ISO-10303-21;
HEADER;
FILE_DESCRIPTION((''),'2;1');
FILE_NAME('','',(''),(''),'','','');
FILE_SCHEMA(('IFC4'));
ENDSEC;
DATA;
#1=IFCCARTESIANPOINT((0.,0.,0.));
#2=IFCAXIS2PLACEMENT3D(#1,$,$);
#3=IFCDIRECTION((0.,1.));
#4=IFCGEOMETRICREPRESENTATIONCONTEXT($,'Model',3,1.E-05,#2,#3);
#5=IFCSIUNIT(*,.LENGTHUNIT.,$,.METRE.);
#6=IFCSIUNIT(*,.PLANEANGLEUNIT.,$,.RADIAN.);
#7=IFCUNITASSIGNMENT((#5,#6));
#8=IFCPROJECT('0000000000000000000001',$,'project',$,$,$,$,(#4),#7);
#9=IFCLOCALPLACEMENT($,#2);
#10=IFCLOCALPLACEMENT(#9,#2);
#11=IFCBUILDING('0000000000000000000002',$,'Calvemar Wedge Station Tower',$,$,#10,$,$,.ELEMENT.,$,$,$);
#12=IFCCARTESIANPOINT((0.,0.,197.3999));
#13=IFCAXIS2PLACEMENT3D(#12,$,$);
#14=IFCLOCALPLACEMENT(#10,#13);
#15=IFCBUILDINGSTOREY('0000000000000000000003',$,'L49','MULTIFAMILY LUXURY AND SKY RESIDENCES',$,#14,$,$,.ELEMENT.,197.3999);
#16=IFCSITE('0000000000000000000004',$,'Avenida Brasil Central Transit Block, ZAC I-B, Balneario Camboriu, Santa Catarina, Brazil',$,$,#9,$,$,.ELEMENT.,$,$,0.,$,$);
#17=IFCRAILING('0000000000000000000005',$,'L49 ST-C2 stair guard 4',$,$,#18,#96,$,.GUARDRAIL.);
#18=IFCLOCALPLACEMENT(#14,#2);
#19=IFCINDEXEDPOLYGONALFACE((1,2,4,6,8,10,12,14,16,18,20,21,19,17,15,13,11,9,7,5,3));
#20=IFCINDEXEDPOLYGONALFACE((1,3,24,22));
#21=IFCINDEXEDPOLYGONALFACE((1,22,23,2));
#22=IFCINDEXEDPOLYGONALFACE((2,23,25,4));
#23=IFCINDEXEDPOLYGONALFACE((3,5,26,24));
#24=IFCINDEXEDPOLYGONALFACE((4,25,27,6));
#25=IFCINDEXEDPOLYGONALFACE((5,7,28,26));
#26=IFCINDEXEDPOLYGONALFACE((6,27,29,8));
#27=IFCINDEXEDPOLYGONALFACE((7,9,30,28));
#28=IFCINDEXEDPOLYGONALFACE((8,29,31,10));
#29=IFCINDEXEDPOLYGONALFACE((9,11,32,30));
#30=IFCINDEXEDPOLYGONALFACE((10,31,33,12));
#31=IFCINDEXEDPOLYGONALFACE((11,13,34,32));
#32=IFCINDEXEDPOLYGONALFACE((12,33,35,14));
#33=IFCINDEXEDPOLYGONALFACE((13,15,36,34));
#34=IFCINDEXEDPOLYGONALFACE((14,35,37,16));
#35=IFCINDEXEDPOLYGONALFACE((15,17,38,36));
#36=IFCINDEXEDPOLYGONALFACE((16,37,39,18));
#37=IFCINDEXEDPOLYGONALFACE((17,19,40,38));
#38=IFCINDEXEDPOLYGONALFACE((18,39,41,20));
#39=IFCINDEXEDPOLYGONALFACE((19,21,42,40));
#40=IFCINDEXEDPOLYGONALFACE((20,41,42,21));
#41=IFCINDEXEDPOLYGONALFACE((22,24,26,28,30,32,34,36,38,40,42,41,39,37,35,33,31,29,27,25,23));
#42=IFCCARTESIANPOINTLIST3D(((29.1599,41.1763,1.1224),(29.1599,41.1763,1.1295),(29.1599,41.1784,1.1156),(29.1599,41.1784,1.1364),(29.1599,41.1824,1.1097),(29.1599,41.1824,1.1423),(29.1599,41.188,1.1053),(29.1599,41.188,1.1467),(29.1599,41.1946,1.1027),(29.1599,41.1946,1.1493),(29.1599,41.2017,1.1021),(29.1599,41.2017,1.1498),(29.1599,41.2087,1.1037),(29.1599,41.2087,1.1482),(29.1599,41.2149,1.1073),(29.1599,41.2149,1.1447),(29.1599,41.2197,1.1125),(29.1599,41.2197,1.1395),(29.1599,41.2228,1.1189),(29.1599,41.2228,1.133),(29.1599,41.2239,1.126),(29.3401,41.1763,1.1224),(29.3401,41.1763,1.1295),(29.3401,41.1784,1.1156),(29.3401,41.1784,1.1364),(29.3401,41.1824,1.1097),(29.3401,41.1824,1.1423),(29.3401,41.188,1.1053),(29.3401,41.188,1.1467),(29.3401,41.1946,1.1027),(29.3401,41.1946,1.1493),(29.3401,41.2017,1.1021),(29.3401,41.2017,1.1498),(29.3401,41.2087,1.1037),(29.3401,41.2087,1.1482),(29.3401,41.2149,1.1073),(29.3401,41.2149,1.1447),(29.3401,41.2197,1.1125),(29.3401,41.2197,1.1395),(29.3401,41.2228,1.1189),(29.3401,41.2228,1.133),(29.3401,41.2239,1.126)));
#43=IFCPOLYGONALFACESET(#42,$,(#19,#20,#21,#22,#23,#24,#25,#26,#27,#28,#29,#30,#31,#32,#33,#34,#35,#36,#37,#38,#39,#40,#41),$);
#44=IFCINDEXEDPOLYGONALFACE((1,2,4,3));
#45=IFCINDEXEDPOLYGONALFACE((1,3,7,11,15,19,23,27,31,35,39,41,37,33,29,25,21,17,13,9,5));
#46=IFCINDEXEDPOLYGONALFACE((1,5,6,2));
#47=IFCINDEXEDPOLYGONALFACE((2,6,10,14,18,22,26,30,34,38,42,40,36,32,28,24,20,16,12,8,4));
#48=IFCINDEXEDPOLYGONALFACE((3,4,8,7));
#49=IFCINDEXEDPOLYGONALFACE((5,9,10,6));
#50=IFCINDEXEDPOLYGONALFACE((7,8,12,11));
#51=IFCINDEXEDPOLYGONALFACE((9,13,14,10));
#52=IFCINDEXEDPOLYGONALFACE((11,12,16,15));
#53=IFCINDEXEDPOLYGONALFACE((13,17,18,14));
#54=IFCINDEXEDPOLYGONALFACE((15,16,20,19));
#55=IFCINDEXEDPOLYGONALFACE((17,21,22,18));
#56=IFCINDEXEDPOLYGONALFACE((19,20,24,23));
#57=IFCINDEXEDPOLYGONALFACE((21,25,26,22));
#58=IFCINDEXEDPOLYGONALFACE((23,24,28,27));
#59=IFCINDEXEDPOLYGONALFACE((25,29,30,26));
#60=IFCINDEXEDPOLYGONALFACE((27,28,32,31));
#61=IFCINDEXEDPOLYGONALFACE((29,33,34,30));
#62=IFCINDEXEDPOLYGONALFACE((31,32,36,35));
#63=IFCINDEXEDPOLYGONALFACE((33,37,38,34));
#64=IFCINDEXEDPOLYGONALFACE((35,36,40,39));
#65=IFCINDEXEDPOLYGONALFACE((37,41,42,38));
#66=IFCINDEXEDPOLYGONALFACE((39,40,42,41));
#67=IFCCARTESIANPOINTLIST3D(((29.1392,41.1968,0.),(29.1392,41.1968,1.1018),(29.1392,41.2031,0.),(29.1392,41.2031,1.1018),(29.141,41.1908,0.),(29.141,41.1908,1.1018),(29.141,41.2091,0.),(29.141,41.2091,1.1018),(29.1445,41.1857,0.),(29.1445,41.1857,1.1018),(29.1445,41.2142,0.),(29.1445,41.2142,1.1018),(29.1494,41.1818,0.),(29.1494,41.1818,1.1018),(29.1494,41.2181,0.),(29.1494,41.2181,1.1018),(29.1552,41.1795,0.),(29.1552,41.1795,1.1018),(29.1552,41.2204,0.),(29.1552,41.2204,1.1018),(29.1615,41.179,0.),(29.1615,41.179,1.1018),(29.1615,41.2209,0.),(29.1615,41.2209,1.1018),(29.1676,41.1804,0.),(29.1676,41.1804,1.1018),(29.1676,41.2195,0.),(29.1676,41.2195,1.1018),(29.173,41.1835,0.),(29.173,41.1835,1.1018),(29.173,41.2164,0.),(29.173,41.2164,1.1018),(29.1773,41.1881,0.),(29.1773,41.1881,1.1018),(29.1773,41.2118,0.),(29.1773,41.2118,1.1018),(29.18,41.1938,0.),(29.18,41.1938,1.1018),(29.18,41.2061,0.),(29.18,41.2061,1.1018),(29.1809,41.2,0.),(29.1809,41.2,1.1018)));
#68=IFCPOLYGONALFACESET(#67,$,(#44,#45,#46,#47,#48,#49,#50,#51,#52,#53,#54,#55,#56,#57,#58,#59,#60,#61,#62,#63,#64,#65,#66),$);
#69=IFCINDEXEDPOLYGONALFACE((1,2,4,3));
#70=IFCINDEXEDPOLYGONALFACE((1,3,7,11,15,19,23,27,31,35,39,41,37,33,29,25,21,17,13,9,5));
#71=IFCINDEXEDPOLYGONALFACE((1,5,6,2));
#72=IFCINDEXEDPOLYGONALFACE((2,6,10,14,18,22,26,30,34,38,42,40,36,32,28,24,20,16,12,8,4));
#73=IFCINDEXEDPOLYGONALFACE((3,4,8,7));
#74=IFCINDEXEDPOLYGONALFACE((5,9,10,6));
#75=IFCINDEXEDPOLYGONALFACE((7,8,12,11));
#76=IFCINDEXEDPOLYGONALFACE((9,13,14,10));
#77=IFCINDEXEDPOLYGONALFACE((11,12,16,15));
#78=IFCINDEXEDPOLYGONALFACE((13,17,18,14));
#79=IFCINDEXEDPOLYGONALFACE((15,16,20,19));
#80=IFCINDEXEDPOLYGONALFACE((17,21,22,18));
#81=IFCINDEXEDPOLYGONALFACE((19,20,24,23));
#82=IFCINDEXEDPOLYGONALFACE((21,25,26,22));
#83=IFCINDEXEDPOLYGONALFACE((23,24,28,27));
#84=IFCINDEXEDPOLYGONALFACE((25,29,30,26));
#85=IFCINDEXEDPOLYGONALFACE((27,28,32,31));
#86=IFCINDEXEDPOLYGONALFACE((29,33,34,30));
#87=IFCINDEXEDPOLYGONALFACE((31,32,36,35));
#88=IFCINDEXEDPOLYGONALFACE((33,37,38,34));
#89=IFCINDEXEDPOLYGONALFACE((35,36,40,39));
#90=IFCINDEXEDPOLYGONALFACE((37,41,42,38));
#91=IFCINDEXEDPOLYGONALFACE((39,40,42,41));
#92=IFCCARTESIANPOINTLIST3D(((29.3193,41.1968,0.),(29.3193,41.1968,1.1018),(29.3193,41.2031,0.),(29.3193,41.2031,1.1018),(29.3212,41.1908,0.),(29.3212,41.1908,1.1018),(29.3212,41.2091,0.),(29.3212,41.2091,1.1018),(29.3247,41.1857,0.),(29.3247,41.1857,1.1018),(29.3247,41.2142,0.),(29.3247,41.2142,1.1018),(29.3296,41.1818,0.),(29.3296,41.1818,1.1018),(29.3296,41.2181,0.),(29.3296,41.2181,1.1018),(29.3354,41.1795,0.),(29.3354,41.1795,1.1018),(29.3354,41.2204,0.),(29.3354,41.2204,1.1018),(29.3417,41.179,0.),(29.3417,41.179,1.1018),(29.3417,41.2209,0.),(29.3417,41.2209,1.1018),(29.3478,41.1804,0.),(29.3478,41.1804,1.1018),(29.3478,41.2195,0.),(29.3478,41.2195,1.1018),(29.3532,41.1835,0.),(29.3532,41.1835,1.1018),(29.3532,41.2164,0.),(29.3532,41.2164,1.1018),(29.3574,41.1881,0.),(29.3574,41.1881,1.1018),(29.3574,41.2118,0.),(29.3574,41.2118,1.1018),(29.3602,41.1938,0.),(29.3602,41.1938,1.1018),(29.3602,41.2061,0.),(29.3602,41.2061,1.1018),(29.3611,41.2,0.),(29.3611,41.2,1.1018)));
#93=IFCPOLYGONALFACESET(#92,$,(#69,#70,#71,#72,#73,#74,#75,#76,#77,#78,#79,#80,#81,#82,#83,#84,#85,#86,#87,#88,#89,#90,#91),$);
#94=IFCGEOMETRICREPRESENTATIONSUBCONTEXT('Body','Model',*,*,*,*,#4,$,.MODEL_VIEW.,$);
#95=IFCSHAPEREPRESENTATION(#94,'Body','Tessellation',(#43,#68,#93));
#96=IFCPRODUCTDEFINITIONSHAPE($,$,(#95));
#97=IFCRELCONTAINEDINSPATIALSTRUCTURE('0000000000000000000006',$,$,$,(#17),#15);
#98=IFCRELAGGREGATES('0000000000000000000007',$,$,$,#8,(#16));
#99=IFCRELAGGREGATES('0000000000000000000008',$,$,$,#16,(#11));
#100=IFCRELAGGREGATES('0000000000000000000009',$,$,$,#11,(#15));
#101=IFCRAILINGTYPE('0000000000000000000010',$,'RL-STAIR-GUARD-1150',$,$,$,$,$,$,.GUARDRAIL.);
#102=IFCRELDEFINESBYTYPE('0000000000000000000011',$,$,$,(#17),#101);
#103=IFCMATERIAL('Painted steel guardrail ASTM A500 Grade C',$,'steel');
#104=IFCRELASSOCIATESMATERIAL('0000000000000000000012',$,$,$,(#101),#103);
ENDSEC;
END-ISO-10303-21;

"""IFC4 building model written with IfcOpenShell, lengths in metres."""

from ifc_helpers import new_model, si_unit, direction, frame, origin, origin_2d, place, context, subcontext, project, spatial, circle, extrude, material, type_object, element, save


model = new_model("IFC4")

# Units and contexts
model_context = context("Model", 3, precision=1e-05, world=origin(), true_north=direction((0.0, 1.0)))
body_context = subcontext(model_context, "Body", "Model", "MODEL_VIEW")
ifc_project = project(units=[si_unit("LENGTHUNIT", "METRE"), si_unit("PLANEANGLEUNIT", "RADIAN")], contexts=[model_context])

# Site, building, storey
site_placement = place(None, origin())
site = spatial("IfcSite", under=ifc_project, at=site_placement, Name="Avenida Brasil Central Transit Block, ZAC I-B, Balneario Camboriu, Santa Catarina, Brazil", CompositionType="ELEMENT", RefElevation=0.0)
building_placement = place(site_placement, origin())
building = spatial("IfcBuilding", under=site, at=building_placement, Name="Calvemar Wedge Station Tower", CompositionType="ELEMENT")
storey_placement = place(building_placement, frame((0.0, 0.0, 197.3999)))
storey = spatial("IfcBuildingStorey", under=building, at=storey_placement, Name="L49", Description="MULTIFAMILY LUXURY AND SKY RESIDENCES", CompositionType="ELEMENT", Elevation=197.3999)

# Railing
ifc_material_1 = material(Name="Painted steel guardrail ASTM A500 Grade C", Category="steel")
railing_type_1 = type_object("IfcRailingType", Name="RL-STAIR-GUARD-1150", PredefinedType="GUARDRAIL", material=ifc_material_1)
railing_1_placement = place(storey_placement, frame((29.1599, 41.2, 0.0)))
element("IfcRailing", 1, at=railing_1_placement, inside=storey, type_object=railing_type_1, Name="L49 ST-C2 stair guard 4", PredefinedType="GUARDRAIL", context=body_context, shape_type="SweptSolid", body=[
    extrude(circle(Radius=0.0239, at=origin_2d()), frame((0.0, 0.0, 1.126), z_axis=(1.0, 0.0, 0.0), x_axis=(0.0, 1.0, 0.0)), (0.0, 0.0, 1.0), 0.1802),
    extrude(circle(Radius=0.021, at=origin_2d()), origin(), (0.0, 0.0, 1.0), 1.1018),
    extrude(circle(Radius=0.021, at=origin_2d()), frame((0.1802, 0.0, 0.0)), (0.0, 0.0, 1.0), 1.1018),
])

save(model, "model.ifc")
